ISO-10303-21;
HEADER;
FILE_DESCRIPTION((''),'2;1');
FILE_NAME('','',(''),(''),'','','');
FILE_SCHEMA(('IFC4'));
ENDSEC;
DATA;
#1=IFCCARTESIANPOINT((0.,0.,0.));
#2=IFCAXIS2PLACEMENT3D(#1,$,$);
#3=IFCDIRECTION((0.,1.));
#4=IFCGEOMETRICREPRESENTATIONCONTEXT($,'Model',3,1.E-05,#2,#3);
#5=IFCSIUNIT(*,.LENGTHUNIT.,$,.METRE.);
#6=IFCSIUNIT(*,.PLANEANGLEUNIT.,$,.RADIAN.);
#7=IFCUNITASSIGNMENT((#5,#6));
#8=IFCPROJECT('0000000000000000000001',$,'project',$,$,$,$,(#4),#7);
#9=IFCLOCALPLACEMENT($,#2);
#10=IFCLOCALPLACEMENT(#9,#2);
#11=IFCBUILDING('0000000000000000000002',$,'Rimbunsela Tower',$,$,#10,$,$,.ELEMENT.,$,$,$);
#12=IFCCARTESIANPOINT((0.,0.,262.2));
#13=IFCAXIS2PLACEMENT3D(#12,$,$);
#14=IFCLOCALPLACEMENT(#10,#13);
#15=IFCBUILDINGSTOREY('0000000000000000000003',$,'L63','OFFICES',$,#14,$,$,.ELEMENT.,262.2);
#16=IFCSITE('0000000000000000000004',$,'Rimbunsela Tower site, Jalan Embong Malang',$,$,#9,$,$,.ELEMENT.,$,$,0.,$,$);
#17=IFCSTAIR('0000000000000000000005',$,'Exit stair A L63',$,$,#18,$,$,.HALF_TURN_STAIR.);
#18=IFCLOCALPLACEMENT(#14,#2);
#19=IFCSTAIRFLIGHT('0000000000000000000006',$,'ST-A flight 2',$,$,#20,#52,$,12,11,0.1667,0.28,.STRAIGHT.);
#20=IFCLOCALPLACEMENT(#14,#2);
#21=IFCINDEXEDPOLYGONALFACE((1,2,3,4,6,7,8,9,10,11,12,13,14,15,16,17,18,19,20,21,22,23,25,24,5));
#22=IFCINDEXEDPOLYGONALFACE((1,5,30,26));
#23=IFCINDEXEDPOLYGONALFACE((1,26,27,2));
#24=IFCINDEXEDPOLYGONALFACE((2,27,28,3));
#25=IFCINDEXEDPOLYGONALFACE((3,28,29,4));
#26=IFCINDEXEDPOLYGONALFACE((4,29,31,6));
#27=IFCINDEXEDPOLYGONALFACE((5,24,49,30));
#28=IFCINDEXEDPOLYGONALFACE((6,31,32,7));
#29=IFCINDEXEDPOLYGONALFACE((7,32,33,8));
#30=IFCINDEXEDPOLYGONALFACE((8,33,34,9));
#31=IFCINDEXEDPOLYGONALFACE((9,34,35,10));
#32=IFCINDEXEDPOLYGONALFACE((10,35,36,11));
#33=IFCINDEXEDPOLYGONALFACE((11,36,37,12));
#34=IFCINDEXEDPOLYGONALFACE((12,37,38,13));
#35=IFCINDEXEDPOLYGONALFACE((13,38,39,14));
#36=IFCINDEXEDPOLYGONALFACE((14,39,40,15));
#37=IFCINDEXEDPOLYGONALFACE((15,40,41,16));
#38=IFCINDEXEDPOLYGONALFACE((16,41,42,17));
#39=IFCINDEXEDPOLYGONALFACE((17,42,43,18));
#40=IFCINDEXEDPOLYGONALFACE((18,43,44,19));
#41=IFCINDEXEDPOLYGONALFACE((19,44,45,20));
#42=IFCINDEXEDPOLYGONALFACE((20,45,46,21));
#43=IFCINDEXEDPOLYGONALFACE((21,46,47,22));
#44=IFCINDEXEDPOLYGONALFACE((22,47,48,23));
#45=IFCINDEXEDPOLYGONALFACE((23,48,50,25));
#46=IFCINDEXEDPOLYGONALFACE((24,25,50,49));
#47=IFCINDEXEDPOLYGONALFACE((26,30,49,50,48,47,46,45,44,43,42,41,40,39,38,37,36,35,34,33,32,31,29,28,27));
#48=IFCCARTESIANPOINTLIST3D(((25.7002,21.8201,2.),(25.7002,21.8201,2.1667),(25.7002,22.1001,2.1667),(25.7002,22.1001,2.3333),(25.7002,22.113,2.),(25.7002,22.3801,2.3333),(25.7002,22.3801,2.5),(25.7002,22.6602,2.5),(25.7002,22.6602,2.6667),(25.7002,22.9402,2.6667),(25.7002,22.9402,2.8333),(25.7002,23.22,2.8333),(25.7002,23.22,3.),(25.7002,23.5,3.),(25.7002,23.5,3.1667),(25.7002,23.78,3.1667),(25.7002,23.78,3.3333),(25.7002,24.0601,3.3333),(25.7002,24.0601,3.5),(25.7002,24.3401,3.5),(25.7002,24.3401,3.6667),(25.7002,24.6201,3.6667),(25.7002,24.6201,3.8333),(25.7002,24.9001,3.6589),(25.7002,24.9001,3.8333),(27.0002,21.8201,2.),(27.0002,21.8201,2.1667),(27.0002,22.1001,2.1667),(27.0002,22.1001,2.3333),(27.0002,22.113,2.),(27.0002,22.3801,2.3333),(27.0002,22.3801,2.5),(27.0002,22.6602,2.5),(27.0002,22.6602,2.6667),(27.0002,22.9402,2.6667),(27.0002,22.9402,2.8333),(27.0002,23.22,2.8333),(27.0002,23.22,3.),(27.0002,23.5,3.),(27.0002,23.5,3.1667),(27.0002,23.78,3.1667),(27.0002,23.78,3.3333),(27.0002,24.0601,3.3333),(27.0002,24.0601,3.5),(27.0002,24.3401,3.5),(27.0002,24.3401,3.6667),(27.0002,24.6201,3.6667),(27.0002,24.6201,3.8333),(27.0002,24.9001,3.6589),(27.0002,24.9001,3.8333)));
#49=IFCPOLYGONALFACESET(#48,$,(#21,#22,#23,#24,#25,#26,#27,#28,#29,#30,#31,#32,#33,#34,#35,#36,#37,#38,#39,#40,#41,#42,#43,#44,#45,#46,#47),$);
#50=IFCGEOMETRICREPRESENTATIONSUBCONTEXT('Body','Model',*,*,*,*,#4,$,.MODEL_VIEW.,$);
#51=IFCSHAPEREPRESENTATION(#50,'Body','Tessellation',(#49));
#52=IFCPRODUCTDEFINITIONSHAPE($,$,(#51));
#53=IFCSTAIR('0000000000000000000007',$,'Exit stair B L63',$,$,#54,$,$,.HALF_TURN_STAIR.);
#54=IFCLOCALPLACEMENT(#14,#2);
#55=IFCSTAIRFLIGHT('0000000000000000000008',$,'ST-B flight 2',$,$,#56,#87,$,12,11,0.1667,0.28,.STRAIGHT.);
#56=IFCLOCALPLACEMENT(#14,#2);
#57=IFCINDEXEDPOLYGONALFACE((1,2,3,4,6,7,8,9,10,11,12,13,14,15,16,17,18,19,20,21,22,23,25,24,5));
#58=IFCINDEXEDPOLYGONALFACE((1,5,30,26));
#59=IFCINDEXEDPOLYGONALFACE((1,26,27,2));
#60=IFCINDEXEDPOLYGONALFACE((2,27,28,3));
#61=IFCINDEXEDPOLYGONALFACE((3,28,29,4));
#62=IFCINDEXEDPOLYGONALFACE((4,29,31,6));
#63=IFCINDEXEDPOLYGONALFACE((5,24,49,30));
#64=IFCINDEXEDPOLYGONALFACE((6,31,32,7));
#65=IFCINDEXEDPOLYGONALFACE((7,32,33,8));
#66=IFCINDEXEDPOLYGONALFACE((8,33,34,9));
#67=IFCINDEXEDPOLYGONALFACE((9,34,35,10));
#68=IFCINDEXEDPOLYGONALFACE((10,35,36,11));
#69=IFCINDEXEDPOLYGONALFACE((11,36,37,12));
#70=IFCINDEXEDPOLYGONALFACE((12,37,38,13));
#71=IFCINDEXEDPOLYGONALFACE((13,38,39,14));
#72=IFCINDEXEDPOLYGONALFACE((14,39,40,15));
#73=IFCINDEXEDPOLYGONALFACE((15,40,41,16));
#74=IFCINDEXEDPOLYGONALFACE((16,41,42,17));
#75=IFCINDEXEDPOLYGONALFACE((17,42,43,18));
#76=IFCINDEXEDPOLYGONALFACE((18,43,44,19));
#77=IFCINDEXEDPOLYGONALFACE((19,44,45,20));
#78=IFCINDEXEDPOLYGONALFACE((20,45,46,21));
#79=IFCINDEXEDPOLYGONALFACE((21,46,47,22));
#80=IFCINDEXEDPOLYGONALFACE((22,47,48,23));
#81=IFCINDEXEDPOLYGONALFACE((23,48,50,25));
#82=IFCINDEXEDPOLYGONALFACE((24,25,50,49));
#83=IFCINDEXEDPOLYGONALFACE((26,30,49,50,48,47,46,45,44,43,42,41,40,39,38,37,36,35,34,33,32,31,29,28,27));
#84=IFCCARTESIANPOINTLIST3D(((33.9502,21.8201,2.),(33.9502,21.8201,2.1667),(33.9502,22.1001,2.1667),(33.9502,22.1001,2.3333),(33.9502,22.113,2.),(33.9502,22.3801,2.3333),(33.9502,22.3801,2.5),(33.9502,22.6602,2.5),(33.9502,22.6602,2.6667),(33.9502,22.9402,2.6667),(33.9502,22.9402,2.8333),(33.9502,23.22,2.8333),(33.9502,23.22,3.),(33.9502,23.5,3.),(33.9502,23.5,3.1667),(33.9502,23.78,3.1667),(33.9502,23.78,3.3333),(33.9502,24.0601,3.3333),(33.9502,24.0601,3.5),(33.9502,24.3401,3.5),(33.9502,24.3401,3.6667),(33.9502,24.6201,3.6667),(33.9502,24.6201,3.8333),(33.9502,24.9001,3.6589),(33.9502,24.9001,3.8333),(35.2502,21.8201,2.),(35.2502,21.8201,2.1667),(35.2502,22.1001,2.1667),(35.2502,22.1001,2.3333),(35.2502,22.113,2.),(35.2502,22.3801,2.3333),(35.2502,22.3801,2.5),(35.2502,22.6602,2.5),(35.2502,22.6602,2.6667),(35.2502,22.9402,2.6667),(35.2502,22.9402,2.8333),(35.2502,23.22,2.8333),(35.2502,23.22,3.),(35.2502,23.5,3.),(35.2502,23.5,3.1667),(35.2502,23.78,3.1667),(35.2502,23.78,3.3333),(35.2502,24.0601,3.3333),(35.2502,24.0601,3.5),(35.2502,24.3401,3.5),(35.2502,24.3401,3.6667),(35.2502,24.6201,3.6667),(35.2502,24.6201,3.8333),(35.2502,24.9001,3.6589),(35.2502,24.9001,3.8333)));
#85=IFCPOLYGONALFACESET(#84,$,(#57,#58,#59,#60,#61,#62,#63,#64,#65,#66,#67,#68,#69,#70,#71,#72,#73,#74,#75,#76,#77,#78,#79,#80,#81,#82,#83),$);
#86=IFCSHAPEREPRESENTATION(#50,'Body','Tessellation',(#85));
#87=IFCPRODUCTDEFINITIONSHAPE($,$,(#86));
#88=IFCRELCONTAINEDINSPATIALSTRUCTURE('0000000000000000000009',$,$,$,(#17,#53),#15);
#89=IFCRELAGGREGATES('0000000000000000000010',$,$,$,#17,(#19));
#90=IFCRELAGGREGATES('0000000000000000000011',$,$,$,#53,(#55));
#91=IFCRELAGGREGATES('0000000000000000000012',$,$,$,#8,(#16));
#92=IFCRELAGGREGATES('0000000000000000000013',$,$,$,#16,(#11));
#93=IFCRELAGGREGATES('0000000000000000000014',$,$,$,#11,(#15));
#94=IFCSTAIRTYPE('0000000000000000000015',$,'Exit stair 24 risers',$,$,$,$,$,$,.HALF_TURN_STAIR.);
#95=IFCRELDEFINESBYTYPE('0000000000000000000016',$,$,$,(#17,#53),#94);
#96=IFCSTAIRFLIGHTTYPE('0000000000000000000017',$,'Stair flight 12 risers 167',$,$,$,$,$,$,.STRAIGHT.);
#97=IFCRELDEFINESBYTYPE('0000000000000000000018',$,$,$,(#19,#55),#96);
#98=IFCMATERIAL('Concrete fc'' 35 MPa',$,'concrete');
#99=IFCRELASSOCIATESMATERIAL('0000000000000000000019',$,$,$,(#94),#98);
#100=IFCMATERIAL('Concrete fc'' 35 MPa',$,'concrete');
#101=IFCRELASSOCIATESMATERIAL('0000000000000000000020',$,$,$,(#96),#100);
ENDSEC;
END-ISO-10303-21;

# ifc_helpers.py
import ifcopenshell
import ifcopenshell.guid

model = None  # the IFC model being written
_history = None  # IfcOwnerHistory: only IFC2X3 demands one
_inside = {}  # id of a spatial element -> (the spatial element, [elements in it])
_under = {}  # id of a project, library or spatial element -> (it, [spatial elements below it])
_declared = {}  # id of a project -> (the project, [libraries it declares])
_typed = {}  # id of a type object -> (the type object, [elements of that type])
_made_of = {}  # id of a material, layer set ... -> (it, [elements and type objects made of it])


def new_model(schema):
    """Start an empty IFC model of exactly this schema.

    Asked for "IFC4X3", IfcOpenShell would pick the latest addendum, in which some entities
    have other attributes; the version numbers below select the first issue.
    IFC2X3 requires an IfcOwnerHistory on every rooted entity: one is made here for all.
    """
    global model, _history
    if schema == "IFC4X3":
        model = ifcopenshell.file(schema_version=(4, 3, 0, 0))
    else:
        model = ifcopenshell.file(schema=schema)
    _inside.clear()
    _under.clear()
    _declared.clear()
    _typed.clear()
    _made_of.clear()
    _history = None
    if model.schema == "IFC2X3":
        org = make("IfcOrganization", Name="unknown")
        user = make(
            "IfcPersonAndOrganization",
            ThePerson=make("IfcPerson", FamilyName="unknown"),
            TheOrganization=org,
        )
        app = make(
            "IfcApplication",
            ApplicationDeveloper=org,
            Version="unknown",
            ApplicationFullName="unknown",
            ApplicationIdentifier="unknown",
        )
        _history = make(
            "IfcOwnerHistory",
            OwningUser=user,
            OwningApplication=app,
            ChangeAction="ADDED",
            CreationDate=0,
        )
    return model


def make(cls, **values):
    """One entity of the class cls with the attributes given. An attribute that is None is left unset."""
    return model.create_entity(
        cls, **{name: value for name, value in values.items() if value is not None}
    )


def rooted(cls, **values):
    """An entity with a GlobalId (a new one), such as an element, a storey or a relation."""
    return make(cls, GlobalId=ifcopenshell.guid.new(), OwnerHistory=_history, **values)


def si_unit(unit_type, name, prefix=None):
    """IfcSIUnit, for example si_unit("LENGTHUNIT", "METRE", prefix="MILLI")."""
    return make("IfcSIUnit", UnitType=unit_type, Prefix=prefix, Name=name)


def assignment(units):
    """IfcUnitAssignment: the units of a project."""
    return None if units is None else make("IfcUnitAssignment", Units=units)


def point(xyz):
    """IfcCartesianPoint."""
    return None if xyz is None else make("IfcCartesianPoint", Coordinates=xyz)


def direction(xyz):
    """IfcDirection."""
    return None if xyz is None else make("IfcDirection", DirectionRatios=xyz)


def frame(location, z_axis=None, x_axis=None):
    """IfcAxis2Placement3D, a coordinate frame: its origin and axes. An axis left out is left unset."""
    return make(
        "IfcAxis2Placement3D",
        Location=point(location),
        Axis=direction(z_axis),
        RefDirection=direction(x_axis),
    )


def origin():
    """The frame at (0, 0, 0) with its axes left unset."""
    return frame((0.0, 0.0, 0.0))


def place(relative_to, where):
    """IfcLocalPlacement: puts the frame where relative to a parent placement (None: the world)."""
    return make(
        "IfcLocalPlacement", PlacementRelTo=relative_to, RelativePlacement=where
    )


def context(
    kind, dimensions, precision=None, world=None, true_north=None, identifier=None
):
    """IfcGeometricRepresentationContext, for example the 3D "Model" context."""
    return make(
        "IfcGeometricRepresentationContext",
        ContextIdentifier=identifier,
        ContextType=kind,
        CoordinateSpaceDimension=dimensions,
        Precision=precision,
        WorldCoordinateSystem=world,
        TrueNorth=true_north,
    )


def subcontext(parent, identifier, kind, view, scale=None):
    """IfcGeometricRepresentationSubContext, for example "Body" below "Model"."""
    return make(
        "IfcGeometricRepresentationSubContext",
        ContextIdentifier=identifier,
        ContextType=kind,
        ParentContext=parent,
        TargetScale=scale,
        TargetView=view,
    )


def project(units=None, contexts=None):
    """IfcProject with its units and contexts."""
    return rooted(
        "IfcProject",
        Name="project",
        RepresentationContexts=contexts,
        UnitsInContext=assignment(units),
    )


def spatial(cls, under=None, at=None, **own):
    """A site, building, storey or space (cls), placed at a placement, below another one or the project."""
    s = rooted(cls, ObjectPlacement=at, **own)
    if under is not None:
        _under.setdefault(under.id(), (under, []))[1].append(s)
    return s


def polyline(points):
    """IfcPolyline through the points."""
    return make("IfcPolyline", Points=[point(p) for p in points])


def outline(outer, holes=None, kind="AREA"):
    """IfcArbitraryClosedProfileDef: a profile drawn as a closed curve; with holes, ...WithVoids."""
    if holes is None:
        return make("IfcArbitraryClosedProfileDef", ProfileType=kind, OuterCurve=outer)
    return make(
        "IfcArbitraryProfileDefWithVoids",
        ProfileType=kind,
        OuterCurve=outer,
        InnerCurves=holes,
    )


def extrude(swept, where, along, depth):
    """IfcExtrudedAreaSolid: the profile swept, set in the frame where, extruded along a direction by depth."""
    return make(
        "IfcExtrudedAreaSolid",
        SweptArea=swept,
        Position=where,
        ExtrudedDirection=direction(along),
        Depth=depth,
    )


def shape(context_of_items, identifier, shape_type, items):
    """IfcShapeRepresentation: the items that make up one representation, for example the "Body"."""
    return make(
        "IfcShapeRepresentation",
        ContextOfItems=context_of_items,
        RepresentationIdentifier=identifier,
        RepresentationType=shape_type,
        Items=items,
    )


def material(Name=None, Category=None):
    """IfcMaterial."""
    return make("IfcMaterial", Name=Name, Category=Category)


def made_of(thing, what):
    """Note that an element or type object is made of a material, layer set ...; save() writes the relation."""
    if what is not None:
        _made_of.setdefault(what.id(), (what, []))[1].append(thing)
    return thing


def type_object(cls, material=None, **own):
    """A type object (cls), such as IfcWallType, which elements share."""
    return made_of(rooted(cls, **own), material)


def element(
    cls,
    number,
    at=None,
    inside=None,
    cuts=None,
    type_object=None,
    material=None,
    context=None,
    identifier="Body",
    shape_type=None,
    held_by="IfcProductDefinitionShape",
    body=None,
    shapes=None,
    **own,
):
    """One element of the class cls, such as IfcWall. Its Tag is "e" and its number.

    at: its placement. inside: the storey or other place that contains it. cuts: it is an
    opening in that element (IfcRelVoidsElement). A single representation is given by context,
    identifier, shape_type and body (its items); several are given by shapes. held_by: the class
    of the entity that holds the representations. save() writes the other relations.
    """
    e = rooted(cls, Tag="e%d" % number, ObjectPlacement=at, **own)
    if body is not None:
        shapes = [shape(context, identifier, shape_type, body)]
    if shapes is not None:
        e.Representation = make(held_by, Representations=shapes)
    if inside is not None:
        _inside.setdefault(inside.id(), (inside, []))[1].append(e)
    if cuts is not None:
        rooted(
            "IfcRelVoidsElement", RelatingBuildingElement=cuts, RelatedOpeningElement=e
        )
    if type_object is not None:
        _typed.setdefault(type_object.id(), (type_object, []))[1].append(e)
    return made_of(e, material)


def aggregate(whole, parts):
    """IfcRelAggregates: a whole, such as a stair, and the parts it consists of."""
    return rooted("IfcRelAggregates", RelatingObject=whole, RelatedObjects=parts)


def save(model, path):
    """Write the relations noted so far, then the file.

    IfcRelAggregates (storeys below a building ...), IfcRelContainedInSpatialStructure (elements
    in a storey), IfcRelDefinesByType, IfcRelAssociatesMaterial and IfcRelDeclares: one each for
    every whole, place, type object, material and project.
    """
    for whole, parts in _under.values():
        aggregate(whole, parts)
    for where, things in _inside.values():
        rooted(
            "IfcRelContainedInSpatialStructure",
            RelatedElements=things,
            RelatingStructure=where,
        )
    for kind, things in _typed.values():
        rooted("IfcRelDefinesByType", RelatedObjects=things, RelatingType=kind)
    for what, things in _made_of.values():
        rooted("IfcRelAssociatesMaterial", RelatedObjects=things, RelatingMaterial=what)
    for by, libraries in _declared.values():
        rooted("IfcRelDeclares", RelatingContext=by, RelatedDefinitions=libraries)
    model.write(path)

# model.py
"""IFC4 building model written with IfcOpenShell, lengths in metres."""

from ifc_helpers import new_model, si_unit, direction, frame, origin, place, context, subcontext, project, spatial, polyline, outline, extrude, material, type_object, element, aggregate, save


model = new_model("IFC4")

# Units and contexts
model_context = context("Model", 3, precision=1e-05, world=origin(), true_north=direction((0.0, 1.0)))
body_context = subcontext(model_context, "Body", "Model", "MODEL_VIEW")
ifc_project = project(units=[si_unit("LENGTHUNIT", "METRE"), si_unit("PLANEANGLEUNIT", "RADIAN")], contexts=[model_context])

# Site, building, storey
site_placement = place(None, origin())
site = spatial("IfcSite", under=ifc_project, at=site_placement, Name="Rimbunsela Tower site, Jalan Embong Malang", CompositionType="ELEMENT", RefElevation=0.0)
building_placement = place(site_placement, origin())
building = spatial("IfcBuilding", under=site, at=building_placement, Name="Rimbunsela Tower", CompositionType="ELEMENT")
storey_placement = place(building_placement, frame((0.0, 0.0, 262.2)))
storey = spatial("IfcBuildingStorey", under=building, at=storey_placement, Name="L63", Description="OFFICES", CompositionType="ELEMENT", Elevation=262.2)

# Stairs, stair flights
ifc_material_1 = material(Name="Concrete fc' 35 MPa", Category="concrete")
stair_type = type_object("IfcStairType", Name="Exit stair 24 risers", PredefinedType="HALF_TURN_STAIR", material=ifc_material_1)
stair_1_placement = place(storey_placement, origin())
stair_1 = element("IfcStair", 1, at=stair_1_placement, inside=storey, type_object=stair_type, Name="Exit stair A L63", PredefinedType="HALF_TURN_STAIR")
ifc_material_2 = material(Name="Concrete fc' 35 MPa", Category="concrete")
stair_flight_type = type_object("IfcStairFlightType", Name="Stair flight 12 risers 167", PredefinedType="STRAIGHT", material=ifc_material_2)
stair_flight_1_placement = place(storey_placement, frame((26.3501, 21.8201, 2.0), z_axis=(0.0, 0.0, 1.0), x_axis=(0.0, 1.0, 0.0)))
stair_flight_1 = element("IfcStairFlight", 2, at=stair_flight_1_placement, type_object=stair_flight_type, Name="ST-A flight 2", NumberOfRisers=12, NumberOfTreads=11, PredefinedType="STRAIGHT", RiserHeight=0.1667, TreadLength=0.28, context=body_context, shape_type="SweptSolid", body=[
    extrude(outline(polyline([(0.0, 0.0), (0.0, 0.1667), (0.28, 0.1667), (0.28, 0.3333), (0.5601, 0.3333), (0.5601, 0.5), (0.8401, 0.5), (0.8401, 0.6667), (1.1201, 0.6667), (1.1201, 0.8333), (1.3999, 0.8333), (1.3999, 1.0), (1.6799, 1.0), (1.6799, 1.1667), (1.96, 1.1667), (1.96, 1.3333), (2.24, 1.3333), (2.24, 1.5), (2.52, 1.5), (2.52, 1.6667), (2.8, 1.6667), (2.8, 1.8333), (3.0801, 1.8333), (3.0801, 2.0), (3.0801, 1.6589), (0.293, 0.0), (0.0, 0.0)])), frame((0.0, 0.6499, 0.0), z_axis=(0.0, -1.0, 0.0), x_axis=(1.0, 0.0, 0.0)), (0.0, 0.0, 1.0), 1.3),
])
aggregate(stair_1, [stair_flight_1])
stair_2_placement = place(storey_placement, origin())
stair_2 = element("IfcStair", 3, at=stair_2_placement, inside=storey, type_object=stair_type, Name="Exit stair B L63", PredefinedType="HALF_TURN_STAIR")
stair_flight_2_placement = place(storey_placement, frame((34.6001, 21.8201, 2.0), z_axis=(0.0, 0.0, 1.0), x_axis=(0.0, 1.0, 0.0)))
stair_flight_2 = element("IfcStairFlight", 4, at=stair_flight_2_placement, type_object=stair_flight_type, Name="ST-B flight 2", NumberOfRisers=12, NumberOfTreads=11, PredefinedType="STRAIGHT", RiserHeight=0.1667, TreadLength=0.28, context=body_context, shape_type="SweptSolid", body=[
    extrude(outline(polyline([(0.0, 0.0), (0.0, 0.1667), (0.28, 0.1667), (0.28, 0.3333), (0.5601, 0.3333), (0.5601, 0.5), (0.8401, 0.5), (0.8401, 0.6667), (1.1201, 0.6667), (1.1201, 0.8333), (1.3999, 0.8333), (1.3999, 1.0), (1.6799, 1.0), (1.6799, 1.1667), (1.96, 1.1667), (1.96, 1.3333), (2.24, 1.3333), (2.24, 1.5), (2.52, 1.5), (2.52, 1.6667), (2.8, 1.6667), (2.8, 1.8333), (3.0801, 1.8333), (3.0801, 2.0), (3.0801, 1.6589), (0.293, 0.0), (0.0, 0.0)])), frame((0.0, 0.6499, 0.0), z_axis=(0.0, -1.0, 0.0), x_axis=(1.0, 0.0, 0.0)), (0.0, 0.0, 1.0), 1.3),
])
aggregate(stair_2, [stair_flight_2])

save(model, "model.ifc")
